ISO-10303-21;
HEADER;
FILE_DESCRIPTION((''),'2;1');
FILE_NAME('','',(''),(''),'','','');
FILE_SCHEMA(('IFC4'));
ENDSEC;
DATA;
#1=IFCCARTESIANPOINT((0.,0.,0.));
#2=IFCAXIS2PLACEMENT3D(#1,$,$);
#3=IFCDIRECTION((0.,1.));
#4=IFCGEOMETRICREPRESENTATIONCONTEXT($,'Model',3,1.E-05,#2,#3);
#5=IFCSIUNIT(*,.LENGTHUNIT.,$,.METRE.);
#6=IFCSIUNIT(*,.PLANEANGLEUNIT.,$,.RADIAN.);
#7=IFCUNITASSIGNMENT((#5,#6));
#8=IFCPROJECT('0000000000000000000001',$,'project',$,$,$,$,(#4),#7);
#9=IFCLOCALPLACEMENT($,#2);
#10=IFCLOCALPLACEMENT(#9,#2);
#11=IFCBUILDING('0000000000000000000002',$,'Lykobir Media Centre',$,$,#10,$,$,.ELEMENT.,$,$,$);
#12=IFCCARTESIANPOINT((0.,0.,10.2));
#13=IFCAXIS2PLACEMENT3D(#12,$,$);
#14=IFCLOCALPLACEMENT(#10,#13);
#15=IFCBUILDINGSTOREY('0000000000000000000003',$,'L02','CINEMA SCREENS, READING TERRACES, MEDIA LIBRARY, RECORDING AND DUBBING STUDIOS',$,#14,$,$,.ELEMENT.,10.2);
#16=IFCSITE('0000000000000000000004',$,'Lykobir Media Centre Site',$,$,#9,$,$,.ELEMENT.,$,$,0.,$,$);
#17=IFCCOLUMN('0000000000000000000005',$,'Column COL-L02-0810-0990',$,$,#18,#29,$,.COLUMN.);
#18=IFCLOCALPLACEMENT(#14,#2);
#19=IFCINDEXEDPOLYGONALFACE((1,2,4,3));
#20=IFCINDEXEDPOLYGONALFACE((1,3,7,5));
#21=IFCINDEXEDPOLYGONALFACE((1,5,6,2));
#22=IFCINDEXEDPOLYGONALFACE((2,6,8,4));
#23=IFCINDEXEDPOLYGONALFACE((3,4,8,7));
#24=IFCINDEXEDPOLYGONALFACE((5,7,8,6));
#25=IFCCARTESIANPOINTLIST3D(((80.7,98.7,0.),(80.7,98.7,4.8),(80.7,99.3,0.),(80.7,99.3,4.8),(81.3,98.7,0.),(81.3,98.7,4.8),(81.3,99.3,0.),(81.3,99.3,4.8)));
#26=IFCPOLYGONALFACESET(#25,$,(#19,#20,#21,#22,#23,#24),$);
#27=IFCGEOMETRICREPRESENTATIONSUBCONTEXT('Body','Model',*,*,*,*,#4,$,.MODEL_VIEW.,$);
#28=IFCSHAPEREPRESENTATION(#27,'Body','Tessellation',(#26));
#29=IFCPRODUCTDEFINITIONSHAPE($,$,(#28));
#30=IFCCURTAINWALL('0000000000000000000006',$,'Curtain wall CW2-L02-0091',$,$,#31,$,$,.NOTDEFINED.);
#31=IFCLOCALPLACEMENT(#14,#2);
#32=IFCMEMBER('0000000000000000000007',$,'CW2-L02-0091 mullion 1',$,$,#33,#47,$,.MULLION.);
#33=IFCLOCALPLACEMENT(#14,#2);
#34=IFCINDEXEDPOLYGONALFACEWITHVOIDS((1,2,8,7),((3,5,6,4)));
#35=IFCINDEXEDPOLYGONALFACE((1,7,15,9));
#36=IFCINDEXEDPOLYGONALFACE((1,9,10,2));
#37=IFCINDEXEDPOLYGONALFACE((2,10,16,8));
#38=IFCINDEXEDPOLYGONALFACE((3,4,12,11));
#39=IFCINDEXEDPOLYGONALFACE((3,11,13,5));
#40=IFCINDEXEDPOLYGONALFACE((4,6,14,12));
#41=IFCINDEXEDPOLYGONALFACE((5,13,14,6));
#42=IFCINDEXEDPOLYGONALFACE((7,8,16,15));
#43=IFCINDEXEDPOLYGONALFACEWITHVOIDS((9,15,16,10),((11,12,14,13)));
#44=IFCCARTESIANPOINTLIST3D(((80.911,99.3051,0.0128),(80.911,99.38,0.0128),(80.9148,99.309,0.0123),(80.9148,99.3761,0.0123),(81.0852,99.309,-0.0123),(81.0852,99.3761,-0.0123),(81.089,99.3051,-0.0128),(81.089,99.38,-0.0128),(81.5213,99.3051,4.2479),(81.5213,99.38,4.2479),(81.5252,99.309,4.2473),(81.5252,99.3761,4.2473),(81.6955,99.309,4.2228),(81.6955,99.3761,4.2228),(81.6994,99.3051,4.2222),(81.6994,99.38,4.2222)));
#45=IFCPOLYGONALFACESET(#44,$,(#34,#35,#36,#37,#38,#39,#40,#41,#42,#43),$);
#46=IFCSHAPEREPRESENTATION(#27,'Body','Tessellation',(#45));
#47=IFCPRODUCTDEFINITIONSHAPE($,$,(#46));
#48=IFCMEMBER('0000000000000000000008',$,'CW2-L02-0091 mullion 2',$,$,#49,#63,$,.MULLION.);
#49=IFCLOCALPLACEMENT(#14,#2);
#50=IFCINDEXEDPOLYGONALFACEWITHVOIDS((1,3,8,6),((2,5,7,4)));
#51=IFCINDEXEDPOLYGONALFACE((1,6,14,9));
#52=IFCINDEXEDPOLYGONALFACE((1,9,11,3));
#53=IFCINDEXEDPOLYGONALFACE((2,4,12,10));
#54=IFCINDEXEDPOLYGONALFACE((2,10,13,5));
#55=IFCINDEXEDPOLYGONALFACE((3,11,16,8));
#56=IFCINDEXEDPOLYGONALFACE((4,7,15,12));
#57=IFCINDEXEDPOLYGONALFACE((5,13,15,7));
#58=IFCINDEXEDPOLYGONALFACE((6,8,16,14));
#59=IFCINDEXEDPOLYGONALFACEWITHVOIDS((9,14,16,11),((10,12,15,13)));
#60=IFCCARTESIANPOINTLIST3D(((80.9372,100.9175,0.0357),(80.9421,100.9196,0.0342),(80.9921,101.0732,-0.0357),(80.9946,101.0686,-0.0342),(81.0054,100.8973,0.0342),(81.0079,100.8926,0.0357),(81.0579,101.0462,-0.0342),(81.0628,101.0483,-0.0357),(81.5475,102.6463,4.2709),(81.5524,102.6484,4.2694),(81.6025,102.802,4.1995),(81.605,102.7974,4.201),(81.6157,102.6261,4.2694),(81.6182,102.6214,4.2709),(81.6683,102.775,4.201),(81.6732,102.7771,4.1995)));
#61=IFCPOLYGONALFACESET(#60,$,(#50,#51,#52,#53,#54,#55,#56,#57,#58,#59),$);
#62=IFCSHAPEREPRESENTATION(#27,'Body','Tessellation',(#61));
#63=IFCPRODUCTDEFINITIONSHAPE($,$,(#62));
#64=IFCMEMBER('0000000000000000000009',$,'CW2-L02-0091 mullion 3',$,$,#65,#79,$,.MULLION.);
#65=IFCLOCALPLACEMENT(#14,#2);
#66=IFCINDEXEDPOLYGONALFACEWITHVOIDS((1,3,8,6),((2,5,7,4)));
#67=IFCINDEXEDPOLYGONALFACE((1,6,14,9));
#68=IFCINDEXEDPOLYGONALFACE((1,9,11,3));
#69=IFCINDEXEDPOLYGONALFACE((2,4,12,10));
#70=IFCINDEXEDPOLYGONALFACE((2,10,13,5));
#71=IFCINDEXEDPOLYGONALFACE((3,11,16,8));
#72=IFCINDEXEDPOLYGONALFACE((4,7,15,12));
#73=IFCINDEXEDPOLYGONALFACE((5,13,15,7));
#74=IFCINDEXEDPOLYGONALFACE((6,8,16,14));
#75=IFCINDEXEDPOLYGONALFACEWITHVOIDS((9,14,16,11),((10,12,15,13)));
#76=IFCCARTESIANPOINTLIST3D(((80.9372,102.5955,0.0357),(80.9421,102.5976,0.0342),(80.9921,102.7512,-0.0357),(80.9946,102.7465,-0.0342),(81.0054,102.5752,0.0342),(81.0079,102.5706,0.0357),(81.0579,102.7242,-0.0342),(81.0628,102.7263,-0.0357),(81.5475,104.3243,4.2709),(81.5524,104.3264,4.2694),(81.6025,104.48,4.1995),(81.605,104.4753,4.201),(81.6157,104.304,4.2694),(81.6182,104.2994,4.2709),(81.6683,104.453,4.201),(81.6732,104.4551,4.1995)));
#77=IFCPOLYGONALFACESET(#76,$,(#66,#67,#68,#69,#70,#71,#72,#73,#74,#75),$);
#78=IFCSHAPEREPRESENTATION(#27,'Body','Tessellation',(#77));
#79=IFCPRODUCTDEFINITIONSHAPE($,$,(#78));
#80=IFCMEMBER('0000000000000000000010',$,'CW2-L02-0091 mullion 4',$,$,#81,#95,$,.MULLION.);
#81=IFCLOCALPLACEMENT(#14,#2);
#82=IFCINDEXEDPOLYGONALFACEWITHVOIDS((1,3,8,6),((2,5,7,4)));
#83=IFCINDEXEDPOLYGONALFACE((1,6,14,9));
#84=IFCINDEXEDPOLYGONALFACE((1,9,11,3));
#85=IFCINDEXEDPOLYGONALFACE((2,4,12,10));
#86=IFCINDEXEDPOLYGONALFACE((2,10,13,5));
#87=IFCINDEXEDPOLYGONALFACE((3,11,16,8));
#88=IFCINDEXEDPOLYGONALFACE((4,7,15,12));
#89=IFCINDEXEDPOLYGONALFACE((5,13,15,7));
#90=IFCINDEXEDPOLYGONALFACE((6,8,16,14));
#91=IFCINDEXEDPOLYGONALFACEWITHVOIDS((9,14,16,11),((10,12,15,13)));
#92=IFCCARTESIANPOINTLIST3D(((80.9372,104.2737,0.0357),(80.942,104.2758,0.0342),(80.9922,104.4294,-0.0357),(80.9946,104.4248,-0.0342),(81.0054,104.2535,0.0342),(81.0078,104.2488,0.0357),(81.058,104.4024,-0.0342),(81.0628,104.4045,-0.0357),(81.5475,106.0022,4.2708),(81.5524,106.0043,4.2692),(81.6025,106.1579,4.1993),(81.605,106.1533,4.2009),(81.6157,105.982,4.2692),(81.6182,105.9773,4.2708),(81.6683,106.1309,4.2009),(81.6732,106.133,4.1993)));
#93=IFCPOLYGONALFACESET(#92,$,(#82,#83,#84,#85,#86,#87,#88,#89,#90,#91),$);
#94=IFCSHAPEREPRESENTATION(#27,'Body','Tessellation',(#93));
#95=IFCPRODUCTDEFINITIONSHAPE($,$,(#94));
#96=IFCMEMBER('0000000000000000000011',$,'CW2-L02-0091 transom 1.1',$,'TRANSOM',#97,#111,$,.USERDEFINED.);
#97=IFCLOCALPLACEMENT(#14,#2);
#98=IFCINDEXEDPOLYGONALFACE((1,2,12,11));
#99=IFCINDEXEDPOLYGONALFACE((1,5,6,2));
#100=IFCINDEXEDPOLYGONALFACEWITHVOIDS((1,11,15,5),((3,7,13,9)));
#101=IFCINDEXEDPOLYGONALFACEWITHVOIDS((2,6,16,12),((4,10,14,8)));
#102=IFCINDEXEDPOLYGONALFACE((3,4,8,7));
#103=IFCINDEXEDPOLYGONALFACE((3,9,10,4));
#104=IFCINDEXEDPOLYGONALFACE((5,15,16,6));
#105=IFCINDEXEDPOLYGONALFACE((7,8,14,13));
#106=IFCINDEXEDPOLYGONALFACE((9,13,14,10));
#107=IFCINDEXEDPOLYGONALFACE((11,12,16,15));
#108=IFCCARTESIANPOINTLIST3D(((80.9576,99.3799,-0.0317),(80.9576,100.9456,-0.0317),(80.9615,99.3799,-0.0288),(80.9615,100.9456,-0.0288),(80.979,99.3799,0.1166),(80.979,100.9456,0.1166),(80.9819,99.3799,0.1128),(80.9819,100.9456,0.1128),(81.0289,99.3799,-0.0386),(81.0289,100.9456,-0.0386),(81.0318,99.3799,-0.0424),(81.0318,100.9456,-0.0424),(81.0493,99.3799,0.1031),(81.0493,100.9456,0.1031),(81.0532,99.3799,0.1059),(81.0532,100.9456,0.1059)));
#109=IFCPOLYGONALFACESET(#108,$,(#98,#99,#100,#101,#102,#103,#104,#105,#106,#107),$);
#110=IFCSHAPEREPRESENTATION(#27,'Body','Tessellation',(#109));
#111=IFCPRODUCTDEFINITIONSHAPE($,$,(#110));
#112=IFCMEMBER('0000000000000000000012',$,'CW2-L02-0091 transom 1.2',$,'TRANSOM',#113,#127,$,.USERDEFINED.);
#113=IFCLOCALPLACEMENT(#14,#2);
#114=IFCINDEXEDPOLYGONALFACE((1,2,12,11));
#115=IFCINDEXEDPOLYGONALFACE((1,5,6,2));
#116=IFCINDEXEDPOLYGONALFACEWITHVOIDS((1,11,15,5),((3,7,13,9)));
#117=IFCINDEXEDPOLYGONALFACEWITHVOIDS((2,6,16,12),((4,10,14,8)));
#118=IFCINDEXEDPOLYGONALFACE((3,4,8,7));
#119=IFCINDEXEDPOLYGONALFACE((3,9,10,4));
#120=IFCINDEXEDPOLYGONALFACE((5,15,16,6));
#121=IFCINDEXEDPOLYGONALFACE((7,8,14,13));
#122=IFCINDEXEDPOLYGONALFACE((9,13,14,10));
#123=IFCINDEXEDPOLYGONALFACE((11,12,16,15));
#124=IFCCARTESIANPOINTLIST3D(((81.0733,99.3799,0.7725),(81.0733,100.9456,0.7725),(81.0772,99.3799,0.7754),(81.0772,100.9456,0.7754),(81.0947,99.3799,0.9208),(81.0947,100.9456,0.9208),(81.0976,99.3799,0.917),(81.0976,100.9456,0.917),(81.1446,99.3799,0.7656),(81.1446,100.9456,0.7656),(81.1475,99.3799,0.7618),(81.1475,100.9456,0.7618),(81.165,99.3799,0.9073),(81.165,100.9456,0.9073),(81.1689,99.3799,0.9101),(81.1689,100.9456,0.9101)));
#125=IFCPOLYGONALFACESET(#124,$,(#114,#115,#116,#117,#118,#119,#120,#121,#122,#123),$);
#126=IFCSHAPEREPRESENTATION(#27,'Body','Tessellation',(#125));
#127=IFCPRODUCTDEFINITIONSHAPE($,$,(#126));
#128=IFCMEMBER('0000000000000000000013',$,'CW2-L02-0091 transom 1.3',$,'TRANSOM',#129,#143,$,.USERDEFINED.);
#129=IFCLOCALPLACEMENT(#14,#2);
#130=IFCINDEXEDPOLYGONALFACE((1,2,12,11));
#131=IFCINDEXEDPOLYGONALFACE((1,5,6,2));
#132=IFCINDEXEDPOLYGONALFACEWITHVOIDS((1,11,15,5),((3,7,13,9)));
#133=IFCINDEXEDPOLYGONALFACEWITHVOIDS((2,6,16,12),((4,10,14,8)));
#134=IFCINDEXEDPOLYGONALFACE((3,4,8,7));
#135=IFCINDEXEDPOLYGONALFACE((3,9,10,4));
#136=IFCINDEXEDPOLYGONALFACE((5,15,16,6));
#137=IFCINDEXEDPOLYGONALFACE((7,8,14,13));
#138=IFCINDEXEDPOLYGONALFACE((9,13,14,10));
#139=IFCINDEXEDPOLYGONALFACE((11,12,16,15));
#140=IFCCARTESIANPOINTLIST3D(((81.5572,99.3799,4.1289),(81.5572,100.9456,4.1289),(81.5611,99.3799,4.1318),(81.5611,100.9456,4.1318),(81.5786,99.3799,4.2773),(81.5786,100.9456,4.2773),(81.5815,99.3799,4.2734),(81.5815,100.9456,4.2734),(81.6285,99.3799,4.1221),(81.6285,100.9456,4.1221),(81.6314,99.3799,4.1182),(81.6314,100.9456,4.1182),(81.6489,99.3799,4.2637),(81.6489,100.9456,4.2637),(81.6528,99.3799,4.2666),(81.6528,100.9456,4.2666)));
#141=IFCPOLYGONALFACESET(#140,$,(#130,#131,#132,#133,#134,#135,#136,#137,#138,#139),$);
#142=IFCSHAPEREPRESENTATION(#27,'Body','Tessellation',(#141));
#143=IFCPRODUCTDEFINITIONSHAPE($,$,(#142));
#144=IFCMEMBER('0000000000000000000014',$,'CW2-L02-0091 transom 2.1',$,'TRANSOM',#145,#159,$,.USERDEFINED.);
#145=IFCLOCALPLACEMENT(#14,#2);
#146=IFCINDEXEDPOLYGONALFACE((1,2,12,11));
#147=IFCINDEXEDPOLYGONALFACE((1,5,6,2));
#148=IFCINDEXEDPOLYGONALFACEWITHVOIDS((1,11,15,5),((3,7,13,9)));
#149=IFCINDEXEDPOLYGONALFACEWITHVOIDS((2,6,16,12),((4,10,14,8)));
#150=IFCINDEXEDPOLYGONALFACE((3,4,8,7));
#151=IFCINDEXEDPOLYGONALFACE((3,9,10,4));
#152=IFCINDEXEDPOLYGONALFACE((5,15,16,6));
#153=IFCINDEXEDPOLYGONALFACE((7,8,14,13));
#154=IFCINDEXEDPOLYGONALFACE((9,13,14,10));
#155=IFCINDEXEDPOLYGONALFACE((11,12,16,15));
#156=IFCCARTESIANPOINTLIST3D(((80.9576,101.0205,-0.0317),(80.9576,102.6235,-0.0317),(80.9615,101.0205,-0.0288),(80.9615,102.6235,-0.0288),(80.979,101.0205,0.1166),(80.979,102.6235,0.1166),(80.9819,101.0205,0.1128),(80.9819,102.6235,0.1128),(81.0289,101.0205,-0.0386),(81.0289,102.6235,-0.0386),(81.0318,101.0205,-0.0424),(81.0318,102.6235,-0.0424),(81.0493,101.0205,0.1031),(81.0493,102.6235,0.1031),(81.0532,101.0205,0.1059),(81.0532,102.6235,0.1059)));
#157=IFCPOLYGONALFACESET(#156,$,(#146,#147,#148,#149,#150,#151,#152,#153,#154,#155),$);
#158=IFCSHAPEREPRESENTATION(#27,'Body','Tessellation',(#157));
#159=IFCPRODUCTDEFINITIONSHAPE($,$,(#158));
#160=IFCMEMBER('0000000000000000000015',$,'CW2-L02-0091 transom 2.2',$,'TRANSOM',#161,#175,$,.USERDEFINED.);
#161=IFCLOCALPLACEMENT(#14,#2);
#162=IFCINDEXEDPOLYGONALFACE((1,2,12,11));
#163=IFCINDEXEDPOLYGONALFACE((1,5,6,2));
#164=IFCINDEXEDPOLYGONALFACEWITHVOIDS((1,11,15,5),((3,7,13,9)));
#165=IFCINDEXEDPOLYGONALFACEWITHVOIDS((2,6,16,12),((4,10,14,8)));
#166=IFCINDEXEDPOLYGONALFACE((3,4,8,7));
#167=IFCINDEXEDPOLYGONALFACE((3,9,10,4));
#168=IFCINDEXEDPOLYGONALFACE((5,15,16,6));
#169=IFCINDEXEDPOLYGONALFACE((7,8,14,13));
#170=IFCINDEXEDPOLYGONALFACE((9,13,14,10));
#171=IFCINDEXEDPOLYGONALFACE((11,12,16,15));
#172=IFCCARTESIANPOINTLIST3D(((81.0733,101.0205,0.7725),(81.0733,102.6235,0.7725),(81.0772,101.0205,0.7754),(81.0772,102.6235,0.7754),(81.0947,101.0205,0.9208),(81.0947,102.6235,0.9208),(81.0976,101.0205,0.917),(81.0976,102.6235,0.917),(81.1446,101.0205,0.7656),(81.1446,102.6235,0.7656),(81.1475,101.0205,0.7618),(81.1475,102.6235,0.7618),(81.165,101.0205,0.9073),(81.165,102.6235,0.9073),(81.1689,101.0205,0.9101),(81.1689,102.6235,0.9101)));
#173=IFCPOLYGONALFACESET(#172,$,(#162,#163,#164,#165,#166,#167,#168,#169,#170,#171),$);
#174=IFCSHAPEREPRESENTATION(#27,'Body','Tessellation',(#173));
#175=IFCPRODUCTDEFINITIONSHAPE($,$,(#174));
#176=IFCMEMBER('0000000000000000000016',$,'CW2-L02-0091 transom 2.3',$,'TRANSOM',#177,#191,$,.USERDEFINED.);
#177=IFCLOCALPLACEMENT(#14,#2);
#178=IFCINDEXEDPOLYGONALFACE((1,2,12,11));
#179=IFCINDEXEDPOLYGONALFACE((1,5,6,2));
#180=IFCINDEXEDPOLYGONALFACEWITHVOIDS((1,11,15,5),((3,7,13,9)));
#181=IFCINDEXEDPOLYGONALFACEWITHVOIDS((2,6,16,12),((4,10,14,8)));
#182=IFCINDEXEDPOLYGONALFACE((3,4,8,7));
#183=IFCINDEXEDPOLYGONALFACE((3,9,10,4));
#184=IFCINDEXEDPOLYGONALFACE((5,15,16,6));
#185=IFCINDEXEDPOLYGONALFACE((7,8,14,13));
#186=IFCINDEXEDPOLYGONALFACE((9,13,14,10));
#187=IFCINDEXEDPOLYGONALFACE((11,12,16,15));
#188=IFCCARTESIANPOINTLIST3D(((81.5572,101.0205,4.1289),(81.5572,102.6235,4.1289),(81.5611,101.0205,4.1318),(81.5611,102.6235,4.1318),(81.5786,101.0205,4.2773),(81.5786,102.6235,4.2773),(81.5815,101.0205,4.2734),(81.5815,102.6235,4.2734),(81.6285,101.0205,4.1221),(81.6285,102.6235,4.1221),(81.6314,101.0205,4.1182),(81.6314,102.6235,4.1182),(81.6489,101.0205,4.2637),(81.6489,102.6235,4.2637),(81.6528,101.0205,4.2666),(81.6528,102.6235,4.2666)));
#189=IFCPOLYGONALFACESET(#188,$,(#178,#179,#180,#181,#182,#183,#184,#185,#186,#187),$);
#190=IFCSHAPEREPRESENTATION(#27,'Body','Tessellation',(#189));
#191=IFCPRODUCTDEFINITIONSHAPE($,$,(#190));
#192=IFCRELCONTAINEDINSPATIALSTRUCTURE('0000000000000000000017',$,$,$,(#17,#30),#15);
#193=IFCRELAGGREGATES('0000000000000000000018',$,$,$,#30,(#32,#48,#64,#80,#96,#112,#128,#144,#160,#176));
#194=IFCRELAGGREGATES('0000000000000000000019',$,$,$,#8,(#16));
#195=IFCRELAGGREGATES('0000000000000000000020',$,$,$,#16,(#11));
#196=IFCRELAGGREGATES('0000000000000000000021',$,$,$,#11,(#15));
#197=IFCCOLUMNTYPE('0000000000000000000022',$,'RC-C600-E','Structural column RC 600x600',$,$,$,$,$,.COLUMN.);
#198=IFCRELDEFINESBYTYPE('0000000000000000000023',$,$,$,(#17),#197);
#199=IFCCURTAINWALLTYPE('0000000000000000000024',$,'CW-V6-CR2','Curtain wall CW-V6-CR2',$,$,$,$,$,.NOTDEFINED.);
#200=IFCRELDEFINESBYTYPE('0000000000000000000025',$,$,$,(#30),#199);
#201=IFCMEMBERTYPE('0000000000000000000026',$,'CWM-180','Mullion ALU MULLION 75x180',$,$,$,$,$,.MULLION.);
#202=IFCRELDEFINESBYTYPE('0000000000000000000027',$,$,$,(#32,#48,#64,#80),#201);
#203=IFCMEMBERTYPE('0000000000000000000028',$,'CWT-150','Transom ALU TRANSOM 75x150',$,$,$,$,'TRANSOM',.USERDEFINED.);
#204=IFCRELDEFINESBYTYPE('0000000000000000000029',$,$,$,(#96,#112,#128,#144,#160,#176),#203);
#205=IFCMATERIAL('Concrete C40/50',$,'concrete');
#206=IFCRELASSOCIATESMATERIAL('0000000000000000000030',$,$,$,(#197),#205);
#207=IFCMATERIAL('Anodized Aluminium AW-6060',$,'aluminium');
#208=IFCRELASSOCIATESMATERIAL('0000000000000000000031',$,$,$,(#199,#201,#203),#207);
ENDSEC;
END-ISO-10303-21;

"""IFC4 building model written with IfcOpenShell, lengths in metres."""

from ifc_helpers import new_model, si_unit, direction, frame, origin, origin_2d, place, context, subcontext, project, spatial, rectangle, hollow_rectangle, extrude, material, material_profile, profile_set, type_object, element, aggregate, save


model = new_model("IFC4")

# Units and contexts
model_context = context("Model", 3, precision=1e-05, world=origin(), true_north=direction((0.0, 1.0)))
body_context = subcontext(model_context, "Body", "Model", "MODEL_VIEW")
ifc_project = project(units=[si_unit("LENGTHUNIT", "METRE"), si_unit("PLANEANGLEUNIT", "RADIAN")], contexts=[model_context])

# Site, building, storey
site_placement = place(None, origin())
site = spatial("IfcSite", under=ifc_project, at=site_placement, Name="Lykobir Media Centre Site", CompositionType="ELEMENT", RefElevation=0.0)
building_placement = place(site_placement, origin())
building = spatial("IfcBuilding", under=site, at=building_placement, Name="Lykobir Media Centre", CompositionType="ELEMENT")
storey_placement = place(building_placement, frame((0.0, 0.0, 10.2)))
storey = spatial("IfcBuildingStorey", under=building, at=storey_placement, Name="L02", Description="CINEMA SCREENS, READING TERRACES, MEDIA LIBRARY, RECORDING AND DUBBING STUDIOS", CompositionType="ELEMENT", Elevation=10.2)

# Column
ifc_material_1 = material(Name="Concrete C40/50", Category="concrete")
ifc_material_profile_1 = material_profile(ifc_material_1, rectangle(XDim=0.6001, YDim=0.6001, at=origin_2d()), Name="RC 600x600")
ifc_profile_set_1 = profile_set([ifc_material_profile_1], Name="Concrete C40/50")
column_type = type_object("IfcColumnType", Name="RC-C600-E", Description="Structural column RC 600x600", PredefinedType="COLUMN", material=ifc_profile_set_1)
column_placement = place(storey_placement, frame((81.0, 99.0, 0.0), z_axis=(0.0, 0.0, 1.0), x_axis=(1.0, 0.0, 0.0)))
element("IfcColumn", 1, at=column_placement, inside=storey, type_object=column_type, Name="Column COL-L02-0810-0990", PredefinedType="COLUMN", context=body_context, shape_type="SweptSolid", body=[
    extrude(rectangle(XDim=0.6001, YDim=0.6001, at=origin_2d()), origin(), (0.0, 0.0, 1.0), 4.8),
])

# Curtain wall, members
ifc_material_2 = material(Name="Anodized Aluminium AW-6060", Category="aluminium")
curtain_wall_type = type_object("IfcCurtainWallType", Name="CW-V6-CR2", Description="Curtain wall CW-V6-CR2", PredefinedType="NOTDEFINED", material=ifc_material_2)
curtain_wall_placement = place(storey_placement, origin())
curtain_wall = element("IfcCurtainWall", 2, at=curtain_wall_placement, inside=storey, type_object=curtain_wall_type, Name="Curtain wall CW2-L02-0091", PredefinedType="NOTDEFINED")
ifc_material_profile_2 = material_profile(ifc_material_2, hollow_rectangle(XDim=0.075, YDim=0.1799, WallThickness=0.0039, at=origin_2d()), Name="ALU MULLION 75x180")
ifc_profile_set_2 = profile_set([ifc_material_profile_2], Name="Anodized Aluminium AW-6060")
member_type_1 = type_object("IfcMemberType", Name="CWM-180", Description="Mullion ALU MULLION 75x180", PredefinedType="MULLION", material=ifc_profile_set_2)
member_1_placement = place(storey_placement, frame((81.0, 99.3425, 0.0), z_axis=(0.142643, 0.0, 0.989774), x_axis=(0.0, -1.0, 0.0)))
member_1 = element("IfcMember", 3, at=member_1_placement, type_object=member_type_1, Name="CW2-L02-0091 mullion 1", PredefinedType="MULLION", context=body_context, shape_type="SweptSolid", body=[
    extrude(hollow_rectangle(XDim=0.075, YDim=0.1799, WallThickness=0.0039, at=origin_2d()), origin(), (0.0, 0.0, 1.0), 4.2788),
])
member_2_placement = place(storey_placement, frame((81.0, 100.9829, 0.0), z_axis=(0.132257, 0.374604, 0.917704), x_axis=(0.942956, -0.332918, 0.0)))
member_2 = element("IfcMember", 4, at=member_2_placement, type_object=member_type_1, Name="CW2-L02-0091 mullion 2", PredefinedType="MULLION", context=body_context, shape_type="SweptSolid", body=[
    extrude(hollow_rectangle(XDim=0.075, YDim=0.1799, WallThickness=0.0039, at=origin_2d()), origin(), (0.0, 0.0, 1.0), 4.615),
])
member_3_placement = place(storey_placement, frame((81.0, 102.6609, 0.0), z_axis=(0.132257, 0.374604, 0.917704), x_axis=(0.942956, -0.332918, 0.0)))
member_3 = element("IfcMember", 5, at=member_3_placement, type_object=member_type_1, Name="CW2-L02-0091 mullion 3", PredefinedType="MULLION", context=body_context, shape_type="SweptSolid", body=[
    extrude(hollow_rectangle(XDim=0.075, YDim=0.1799, WallThickness=0.0039, at=origin_2d()), origin(), (0.0, 0.0, 1.0), 4.615),
])
member_4_placement = place(storey_placement, frame((81.0, 104.3391, 0.0), z_axis=(0.132259, 0.374559, 0.917722), x_axis=(0.942941, -0.332959, 0.0)))
member_4 = element("IfcMember", 6, at=member_4_placement, type_object=member_type_1, Name="CW2-L02-0091 mullion 4", PredefinedType="MULLION", context=body_context, shape_type="SweptSolid", body=[
    extrude(hollow_rectangle(XDim=0.075, YDim=0.1799, WallThickness=0.0039, at=origin_2d()), origin(), (0.0, 0.0, 1.0), 4.6147),
])
ifc_material_profile_3 = material_profile(ifc_material_2, hollow_rectangle(XDim=0.075, YDim=0.1499, WallThickness=0.0034, at=origin_2d()), Name="ALU TRANSOM 75x150")
ifc_profile_set_3 = profile_set([ifc_material_profile_3], Name="Anodized Aluminium AW-6060")
member_type_2 = type_object("IfcMemberType", Name="CWT-150", Description="Transom ALU TRANSOM 75x150", ElementType="TRANSOM", PredefinedType="USERDEFINED", material=ifc_profile_set_3)
member_5_placement = place(storey_placement, frame((81.0054, 99.3799, 0.0371), z_axis=(0.0, 1.0, 0.0), x_axis=(-0.989776, 0.0, 0.142629)))
member_5 = element("IfcMember", 7, at=member_5_placement, type_object=member_type_2, Name="CW2-L02-0091 transom 1.1", ObjectType="TRANSOM", PredefinedType="USERDEFINED", context=body_context, shape_type="SweptSolid", body=[
    extrude(hollow_rectangle(XDim=0.075, YDim=0.1499, WallThickness=0.0034, at=origin_2d()), origin(), (0.0, 0.0, 1.0), 1.5657),
])
member_6_placement = place(storey_placement, frame((81.1211, 99.3799, 0.8413), z_axis=(0.0, 1.0, 0.0), x_axis=(-0.989776, 0.0, 0.142629)))
member_6 = element("IfcMember", 8, at=member_6_placement, type_object=member_type_2, Name="CW2-L02-0091 transom 1.2", ObjectType="TRANSOM", PredefinedType="USERDEFINED", context=body_context, shape_type="SweptSolid", body=[
    extrude(hollow_rectangle(XDim=0.075, YDim=0.1499, WallThickness=0.0034, at=origin_2d()), origin(), (0.0, 0.0, 1.0), 1.5657),
])
member_7_placement = place(storey_placement, frame((81.605, 99.3799, 4.1978), z_axis=(0.0, 1.0, 0.0), x_axis=(-0.989776, 0.0, 0.142629)))
member_7 = element("IfcMember", 9, at=member_7_placement, type_object=member_type_2, Name="CW2-L02-0091 transom 1.3", ObjectType="TRANSOM", PredefinedType="USERDEFINED", context=body_context, shape_type="SweptSolid", body=[
    extrude(hollow_rectangle(XDim=0.075, YDim=0.1499, WallThickness=0.0034, at=origin_2d()), origin(), (0.0, 0.0, 1.0), 1.5657),
])
member_8_placement = place(storey_placement, frame((81.0054, 101.0205, 0.0371), z_axis=(0.0, 1.0, 0.0), x_axis=(-0.989776, 0.0, 0.142629)))
member_8 = element("IfcMember", 10, at=member_8_placement, type_object=member_type_2, Name="CW2-L02-0091 transom 2.1", ObjectType="TRANSOM", PredefinedType="USERDEFINED", context=body_context, shape_type="SweptSolid", body=[
    extrude(hollow_rectangle(XDim=0.075, YDim=0.1499, WallThickness=0.0034, at=origin_2d()), origin(), (0.0, 0.0, 1.0), 1.603),
])
member_9_placement = place(storey_placement, frame((81.1211, 101.0205, 0.8413), z_axis=(0.0, 1.0, 0.0), x_axis=(-0.989776, 0.0, 0.142629)))
member_9 = element("IfcMember", 11, at=member_9_placement, type_object=member_type_2, Name="CW2-L02-0091 transom 2.2", ObjectType="TRANSOM", PredefinedType="USERDEFINED", context=body_context, shape_type="SweptSolid", body=[
    extrude(hollow_rectangle(XDim=0.075, YDim=0.1499, WallThickness=0.0034, at=origin_2d()), origin(), (0.0, 0.0, 1.0), 1.603),
])
member_10_placement = place(storey_placement, frame((81.605, 101.0205, 4.1978), z_axis=(0.0, 1.0, 0.0), x_axis=(-0.989776, 0.0, 0.142629)))
member_10 = element("IfcMember", 12, at=member_10_placement, type_object=member_type_2, Name="CW2-L02-0091 transom 2.3", ObjectType="TRANSOM", PredefinedType="USERDEFINED", context=body_context, shape_type="SweptSolid", body=[
    extrude(hollow_rectangle(XDim=0.075, YDim=0.1499, WallThickness=0.0034, at=origin_2d()), origin(), (0.0, 0.0, 1.0), 1.603),
])

aggregate(curtain_wall, [member_1, member_2, member_3, member_4, member_5, member_6, member_7, member_8, member_9, member_10])

save(model, "model.ifc")
